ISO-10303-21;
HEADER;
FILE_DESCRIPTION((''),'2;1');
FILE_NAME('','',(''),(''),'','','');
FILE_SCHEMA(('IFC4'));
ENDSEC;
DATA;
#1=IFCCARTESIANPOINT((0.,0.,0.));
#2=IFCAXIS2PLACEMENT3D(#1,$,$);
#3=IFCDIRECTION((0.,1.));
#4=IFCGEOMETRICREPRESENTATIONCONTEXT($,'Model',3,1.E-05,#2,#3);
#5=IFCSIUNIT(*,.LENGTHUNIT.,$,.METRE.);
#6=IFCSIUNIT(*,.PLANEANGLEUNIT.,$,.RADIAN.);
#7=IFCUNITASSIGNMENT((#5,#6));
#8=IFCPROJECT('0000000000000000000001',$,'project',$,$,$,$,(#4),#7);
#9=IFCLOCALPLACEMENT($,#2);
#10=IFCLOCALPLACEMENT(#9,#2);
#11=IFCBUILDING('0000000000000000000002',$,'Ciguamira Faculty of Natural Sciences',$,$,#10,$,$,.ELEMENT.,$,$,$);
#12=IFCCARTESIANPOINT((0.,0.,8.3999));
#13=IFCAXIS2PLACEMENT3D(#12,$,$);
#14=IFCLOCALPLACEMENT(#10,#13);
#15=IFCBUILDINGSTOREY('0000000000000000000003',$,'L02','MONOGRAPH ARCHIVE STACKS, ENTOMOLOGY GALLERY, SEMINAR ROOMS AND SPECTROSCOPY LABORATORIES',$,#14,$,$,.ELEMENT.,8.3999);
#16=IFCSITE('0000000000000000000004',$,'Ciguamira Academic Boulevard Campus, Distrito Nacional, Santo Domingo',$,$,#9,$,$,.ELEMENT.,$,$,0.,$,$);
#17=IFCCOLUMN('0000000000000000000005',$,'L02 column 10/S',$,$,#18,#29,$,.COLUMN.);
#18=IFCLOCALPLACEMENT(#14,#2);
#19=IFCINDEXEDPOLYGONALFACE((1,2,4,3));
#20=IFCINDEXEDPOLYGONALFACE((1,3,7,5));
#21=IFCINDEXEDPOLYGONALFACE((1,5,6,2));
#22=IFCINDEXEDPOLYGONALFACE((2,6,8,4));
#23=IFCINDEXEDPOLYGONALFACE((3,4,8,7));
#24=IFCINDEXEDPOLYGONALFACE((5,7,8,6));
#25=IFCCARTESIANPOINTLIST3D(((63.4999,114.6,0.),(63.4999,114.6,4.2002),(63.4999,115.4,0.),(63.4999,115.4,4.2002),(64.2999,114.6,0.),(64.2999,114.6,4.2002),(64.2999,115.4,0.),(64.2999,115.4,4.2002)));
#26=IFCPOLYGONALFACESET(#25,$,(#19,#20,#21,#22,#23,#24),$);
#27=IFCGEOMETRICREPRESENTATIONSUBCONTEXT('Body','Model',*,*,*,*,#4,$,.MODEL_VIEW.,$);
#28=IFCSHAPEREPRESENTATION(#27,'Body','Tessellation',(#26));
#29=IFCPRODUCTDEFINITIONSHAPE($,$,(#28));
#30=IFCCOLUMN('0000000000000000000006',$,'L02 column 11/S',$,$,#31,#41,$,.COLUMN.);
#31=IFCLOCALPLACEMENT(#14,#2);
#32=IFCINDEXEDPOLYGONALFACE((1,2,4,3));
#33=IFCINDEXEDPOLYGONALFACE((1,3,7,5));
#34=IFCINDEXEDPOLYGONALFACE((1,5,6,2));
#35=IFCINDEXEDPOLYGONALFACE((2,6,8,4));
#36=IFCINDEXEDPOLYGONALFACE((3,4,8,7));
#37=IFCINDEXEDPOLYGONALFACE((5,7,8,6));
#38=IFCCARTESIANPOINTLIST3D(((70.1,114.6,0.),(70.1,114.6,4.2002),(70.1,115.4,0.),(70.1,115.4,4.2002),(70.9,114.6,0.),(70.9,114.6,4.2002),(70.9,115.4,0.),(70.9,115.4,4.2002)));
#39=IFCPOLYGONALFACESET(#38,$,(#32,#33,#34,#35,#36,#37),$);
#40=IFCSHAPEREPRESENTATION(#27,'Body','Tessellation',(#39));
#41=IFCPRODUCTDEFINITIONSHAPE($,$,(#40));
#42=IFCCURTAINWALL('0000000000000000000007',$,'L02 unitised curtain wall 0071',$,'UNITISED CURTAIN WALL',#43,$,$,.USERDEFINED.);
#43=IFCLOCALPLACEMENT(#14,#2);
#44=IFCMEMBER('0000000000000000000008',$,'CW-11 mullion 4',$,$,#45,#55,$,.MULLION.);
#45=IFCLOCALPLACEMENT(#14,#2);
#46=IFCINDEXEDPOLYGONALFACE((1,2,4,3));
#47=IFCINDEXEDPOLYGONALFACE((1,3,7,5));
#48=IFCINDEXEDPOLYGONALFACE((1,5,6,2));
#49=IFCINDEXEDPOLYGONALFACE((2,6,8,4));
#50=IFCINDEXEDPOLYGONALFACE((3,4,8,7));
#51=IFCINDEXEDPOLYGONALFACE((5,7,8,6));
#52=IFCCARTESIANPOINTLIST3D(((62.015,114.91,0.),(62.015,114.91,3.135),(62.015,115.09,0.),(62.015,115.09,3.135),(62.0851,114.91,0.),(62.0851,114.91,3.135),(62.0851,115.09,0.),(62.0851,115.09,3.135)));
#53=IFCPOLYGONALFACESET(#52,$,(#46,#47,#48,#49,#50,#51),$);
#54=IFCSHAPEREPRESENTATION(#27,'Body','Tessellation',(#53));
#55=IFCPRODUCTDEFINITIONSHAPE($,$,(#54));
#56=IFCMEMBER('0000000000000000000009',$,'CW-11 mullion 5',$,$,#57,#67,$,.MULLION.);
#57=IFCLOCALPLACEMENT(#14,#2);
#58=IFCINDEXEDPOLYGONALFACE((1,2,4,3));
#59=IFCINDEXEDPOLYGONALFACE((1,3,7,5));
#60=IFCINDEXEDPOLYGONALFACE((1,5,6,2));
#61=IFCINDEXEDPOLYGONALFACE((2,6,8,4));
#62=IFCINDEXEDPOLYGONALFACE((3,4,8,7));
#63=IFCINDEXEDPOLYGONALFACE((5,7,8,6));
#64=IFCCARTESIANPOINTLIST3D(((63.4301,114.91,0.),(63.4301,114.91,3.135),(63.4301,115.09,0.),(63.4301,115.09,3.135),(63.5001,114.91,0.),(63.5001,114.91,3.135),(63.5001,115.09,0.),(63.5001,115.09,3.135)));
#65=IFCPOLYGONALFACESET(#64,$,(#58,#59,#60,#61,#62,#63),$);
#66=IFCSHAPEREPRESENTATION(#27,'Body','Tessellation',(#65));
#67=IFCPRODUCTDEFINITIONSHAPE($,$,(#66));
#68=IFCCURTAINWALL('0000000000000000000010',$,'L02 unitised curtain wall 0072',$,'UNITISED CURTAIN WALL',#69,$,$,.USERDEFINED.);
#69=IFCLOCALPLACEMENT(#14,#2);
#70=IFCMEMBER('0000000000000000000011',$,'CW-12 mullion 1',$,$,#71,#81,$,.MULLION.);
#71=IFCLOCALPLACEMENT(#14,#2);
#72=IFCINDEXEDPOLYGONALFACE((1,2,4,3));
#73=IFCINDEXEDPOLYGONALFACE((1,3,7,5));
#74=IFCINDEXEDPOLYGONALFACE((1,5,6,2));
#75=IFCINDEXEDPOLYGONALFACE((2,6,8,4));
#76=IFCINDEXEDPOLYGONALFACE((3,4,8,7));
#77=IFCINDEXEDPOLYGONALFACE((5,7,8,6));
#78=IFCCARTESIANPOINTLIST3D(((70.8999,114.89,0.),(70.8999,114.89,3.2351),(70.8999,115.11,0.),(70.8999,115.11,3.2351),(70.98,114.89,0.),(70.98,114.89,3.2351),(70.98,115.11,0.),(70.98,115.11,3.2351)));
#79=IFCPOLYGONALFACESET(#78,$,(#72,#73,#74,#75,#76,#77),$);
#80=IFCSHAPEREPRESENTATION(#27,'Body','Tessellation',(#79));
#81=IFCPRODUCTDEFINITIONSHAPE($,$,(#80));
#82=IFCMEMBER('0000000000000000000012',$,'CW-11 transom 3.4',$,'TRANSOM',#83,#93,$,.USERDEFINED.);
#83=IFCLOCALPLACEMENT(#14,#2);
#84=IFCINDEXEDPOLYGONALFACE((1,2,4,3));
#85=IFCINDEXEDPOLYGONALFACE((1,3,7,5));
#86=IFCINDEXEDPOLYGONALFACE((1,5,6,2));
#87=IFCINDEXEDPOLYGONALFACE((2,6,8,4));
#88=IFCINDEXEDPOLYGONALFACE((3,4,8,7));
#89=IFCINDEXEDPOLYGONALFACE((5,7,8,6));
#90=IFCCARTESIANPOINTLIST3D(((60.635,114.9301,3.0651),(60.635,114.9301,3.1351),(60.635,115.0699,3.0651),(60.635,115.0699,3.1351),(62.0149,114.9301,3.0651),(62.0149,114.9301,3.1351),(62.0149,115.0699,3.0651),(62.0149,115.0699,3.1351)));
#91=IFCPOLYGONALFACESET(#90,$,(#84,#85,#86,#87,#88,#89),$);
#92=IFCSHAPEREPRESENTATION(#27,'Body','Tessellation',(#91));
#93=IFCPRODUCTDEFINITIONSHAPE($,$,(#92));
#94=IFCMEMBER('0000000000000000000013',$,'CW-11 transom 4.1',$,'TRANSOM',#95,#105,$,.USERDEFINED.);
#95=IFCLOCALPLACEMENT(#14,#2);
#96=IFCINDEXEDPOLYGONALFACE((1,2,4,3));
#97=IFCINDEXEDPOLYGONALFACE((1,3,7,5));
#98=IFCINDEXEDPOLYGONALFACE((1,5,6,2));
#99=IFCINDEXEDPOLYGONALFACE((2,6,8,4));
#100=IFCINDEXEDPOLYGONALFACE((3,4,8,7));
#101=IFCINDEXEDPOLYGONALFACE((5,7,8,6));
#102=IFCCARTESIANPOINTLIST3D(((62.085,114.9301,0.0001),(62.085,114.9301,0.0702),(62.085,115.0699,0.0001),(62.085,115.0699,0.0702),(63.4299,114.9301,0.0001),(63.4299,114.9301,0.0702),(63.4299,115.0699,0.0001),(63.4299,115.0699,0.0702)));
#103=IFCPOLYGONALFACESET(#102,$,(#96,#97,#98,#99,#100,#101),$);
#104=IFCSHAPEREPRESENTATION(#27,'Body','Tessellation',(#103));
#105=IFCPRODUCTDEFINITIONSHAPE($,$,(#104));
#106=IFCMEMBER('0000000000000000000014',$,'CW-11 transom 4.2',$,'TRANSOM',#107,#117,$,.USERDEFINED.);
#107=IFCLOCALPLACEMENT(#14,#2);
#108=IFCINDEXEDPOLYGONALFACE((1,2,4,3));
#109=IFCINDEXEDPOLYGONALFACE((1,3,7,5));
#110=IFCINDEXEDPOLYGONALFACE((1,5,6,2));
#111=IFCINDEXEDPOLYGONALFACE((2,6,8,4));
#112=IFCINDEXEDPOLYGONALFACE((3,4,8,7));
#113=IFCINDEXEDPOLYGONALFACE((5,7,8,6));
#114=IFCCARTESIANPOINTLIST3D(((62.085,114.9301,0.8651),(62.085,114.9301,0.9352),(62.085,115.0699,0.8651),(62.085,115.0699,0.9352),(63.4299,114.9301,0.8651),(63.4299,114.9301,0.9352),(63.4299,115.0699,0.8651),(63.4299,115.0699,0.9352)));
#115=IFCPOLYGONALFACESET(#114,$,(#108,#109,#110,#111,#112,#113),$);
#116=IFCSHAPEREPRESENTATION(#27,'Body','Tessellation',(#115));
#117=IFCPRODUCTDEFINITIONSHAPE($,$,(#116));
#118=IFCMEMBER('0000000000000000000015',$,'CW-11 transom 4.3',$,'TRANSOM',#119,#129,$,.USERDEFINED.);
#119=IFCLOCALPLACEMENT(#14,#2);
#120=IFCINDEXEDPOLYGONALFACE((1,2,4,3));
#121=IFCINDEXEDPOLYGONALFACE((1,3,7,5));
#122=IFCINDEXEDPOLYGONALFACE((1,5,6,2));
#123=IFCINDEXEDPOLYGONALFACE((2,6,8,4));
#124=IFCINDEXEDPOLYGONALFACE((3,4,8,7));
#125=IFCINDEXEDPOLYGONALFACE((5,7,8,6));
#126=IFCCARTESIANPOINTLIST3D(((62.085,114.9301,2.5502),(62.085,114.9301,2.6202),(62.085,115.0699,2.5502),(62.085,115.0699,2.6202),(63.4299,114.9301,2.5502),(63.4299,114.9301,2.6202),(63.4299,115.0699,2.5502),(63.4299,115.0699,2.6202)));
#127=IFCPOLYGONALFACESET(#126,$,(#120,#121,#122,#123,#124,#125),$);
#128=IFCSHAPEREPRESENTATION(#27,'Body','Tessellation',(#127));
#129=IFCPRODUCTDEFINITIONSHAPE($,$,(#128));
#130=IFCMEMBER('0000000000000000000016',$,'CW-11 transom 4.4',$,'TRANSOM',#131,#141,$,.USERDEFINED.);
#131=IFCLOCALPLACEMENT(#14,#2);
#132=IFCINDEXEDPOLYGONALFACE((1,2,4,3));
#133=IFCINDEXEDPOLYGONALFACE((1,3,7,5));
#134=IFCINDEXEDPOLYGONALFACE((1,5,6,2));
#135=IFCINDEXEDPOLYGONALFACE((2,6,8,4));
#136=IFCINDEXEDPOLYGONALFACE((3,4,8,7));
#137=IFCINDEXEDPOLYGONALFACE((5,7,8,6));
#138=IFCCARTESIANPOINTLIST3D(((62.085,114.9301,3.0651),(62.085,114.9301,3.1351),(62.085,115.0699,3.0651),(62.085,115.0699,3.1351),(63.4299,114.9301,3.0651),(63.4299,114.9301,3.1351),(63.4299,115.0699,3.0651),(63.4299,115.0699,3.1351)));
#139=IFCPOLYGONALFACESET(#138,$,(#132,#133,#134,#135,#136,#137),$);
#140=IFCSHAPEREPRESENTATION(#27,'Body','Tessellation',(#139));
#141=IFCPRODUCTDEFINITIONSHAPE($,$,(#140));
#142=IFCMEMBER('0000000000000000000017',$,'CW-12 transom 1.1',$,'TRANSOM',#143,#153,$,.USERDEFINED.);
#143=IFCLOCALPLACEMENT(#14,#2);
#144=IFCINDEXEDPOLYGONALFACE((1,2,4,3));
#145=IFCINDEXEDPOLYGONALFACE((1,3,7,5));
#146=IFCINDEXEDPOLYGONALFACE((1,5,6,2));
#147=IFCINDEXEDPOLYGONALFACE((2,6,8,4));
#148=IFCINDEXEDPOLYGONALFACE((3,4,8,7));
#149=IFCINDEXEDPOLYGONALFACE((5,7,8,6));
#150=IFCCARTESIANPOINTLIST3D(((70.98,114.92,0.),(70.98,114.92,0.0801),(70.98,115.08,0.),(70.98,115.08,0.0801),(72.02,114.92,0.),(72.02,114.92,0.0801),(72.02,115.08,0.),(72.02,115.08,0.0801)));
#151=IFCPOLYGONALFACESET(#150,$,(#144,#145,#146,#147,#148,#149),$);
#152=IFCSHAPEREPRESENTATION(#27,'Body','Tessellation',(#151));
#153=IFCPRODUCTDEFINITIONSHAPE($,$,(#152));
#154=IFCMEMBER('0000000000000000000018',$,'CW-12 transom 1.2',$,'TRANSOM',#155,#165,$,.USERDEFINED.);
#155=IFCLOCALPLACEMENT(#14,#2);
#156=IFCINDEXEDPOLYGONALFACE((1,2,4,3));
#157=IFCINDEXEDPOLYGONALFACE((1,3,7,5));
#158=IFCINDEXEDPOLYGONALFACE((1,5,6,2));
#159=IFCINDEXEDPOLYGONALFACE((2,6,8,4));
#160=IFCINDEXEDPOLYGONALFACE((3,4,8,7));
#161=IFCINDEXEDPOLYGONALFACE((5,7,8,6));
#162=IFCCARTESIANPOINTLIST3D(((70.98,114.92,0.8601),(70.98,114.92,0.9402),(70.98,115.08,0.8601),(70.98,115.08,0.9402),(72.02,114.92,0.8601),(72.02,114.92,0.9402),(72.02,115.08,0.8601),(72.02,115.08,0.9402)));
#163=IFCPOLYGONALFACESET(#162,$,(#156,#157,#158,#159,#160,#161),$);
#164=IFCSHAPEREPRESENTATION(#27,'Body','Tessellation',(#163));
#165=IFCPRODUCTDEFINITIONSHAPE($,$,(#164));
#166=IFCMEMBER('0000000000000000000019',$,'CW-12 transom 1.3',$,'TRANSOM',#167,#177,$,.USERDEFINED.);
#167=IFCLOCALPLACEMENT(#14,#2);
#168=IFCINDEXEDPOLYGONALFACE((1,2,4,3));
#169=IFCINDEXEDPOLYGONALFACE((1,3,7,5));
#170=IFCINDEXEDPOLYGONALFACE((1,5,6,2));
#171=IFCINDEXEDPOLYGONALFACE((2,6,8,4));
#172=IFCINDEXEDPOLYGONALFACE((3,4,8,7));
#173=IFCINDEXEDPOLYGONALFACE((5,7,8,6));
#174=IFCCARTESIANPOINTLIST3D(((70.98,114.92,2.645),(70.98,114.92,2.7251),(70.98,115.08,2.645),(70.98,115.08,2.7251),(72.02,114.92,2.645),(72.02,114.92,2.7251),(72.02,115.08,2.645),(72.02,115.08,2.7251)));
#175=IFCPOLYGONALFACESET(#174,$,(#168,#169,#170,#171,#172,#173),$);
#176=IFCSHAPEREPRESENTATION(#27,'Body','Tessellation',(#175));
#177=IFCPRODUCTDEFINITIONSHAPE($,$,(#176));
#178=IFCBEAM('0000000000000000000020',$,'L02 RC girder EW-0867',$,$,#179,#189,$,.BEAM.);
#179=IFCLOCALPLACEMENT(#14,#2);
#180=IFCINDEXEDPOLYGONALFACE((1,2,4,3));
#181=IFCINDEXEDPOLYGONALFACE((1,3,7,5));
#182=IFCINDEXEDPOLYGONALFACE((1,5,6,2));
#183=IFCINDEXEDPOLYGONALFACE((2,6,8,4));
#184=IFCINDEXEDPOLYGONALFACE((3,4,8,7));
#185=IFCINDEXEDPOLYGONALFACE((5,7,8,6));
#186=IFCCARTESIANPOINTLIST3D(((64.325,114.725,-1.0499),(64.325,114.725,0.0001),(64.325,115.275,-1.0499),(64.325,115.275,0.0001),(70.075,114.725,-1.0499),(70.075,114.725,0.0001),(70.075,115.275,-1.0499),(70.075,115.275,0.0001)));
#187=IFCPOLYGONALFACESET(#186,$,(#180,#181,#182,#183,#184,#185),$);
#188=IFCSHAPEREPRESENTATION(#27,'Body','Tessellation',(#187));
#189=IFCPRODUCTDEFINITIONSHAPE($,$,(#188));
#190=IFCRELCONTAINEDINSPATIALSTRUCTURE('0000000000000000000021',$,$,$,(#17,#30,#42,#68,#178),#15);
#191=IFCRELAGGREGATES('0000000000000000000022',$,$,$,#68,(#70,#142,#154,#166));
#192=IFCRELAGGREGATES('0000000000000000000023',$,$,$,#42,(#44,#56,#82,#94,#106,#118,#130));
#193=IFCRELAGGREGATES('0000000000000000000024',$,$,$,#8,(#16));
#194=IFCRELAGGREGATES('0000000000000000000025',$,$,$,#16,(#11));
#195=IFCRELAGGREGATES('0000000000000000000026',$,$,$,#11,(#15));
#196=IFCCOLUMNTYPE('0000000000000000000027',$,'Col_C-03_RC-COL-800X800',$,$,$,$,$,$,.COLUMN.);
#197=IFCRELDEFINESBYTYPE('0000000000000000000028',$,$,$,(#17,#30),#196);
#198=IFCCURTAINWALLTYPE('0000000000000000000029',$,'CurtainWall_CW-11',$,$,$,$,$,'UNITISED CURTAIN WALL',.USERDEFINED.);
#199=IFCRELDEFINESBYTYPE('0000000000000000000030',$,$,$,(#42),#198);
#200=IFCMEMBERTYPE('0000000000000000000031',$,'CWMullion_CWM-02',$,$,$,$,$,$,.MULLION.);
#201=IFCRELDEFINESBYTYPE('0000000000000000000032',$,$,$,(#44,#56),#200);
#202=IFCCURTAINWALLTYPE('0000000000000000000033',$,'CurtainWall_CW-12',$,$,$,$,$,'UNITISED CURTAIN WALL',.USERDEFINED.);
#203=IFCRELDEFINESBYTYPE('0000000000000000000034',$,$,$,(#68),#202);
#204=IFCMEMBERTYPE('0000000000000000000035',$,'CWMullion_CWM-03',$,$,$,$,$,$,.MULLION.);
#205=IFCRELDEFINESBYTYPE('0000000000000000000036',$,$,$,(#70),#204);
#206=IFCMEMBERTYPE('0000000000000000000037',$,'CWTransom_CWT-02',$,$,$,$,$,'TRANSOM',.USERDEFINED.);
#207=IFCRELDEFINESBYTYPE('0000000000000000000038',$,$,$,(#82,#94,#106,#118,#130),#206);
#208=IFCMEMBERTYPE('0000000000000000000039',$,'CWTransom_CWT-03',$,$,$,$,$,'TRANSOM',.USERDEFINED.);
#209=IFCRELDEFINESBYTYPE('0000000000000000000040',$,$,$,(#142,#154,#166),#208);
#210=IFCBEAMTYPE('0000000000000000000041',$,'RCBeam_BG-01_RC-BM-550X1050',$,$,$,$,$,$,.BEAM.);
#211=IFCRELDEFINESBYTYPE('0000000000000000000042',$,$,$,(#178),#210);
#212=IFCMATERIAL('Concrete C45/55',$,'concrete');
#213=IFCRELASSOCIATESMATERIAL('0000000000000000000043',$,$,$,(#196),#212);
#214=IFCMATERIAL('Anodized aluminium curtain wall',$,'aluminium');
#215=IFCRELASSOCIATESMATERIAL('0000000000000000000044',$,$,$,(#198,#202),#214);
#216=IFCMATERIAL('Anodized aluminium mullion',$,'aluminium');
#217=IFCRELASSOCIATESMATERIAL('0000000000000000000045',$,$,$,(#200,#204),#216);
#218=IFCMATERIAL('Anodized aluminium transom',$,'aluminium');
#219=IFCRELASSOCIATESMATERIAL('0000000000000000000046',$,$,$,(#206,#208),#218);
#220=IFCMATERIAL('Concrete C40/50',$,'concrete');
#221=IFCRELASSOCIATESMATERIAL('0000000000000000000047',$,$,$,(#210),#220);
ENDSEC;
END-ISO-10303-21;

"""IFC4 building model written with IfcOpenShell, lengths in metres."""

from ifc_helpers import new_model, si_unit, direction, frame, origin, origin_2d, place, context, subcontext, project, spatial, rectangle, extrude, material, material_profile, profile_set, type_object, element, aggregate, save


model = new_model("IFC4")

# Units and contexts
model_context = context("Model", 3, precision=1e-05, world=origin(), true_north=direction((0.0, 1.0)))
body_context = subcontext(model_context, "Body", "Model", "MODEL_VIEW")
ifc_project = project(units=[si_unit("LENGTHUNIT", "METRE"), si_unit("PLANEANGLEUNIT", "RADIAN")], contexts=[model_context])

# Site, building, storey
site_placement = place(None, origin())
site = spatial("IfcSite", under=ifc_project, at=site_placement, Name="Ciguamira Academic Boulevard Campus, Distrito Nacional, Santo Domingo", CompositionType="ELEMENT", RefElevation=0.0)
building_placement = place(site_placement, origin())
building = spatial("IfcBuilding", under=site, at=building_placement, Name="Ciguamira Faculty of Natural Sciences", CompositionType="ELEMENT")
storey_placement = place(building_placement, frame((0.0, 0.0, 8.3999)))
storey = spatial("IfcBuildingStorey", under=building, at=storey_placement, Name="L02", Description="MONOGRAPH ARCHIVE STACKS, ENTOMOLOGY GALLERY, SEMINAR ROOMS AND SPECTROSCOPY LABORATORIES", CompositionType="ELEMENT", Elevation=8.3999)

# Columns
ifc_material_1 = material(Name="Concrete C45/55", Category="concrete")
ifc_material_profile_1 = material_profile(ifc_material_1, rectangle(XDim=0.8, YDim=0.8, at=origin_2d()), Name="RC-COL-800X800")
ifc_profile_set_1 = profile_set([ifc_material_profile_1], Name="Concrete C45/55")
column_type = type_object("IfcColumnType", Name="Col_C-03_RC-COL-800X800", PredefinedType="COLUMN", material=ifc_profile_set_1)
for number, where, z_axis, x_axis, name in (
    (1, (63.8999, 115.0, 0.0), (0.0, 0.0, 1.0), (1.0, 0.0, 0.0), "L02 column 10/S"),
    (2, (70.5, 115.0, 0.0), (0.0, 0.0, 1.0), (1.0, 0.0, 0.0), "L02 column 11/S"),
):
    element("IfcColumn", number, at=place(storey_placement, frame(where, z_axis=z_axis, x_axis=x_axis)), inside=storey, type_object=column_type, Name=name, PredefinedType="COLUMN", context=body_context, shape_type="SweptSolid", body=[
        extrude(rectangle(XDim=0.8, YDim=0.8, at=origin_2d()), origin(), (0.0, 0.0, 1.0), 4.2002),
    ])

# Curtain wall, members
ifc_material_2 = material(Name="Anodized aluminium curtain wall", Category="aluminium")
curtain_wall_type_1 = type_object("IfcCurtainWallType", Name="CurtainWall_CW-11", ElementType="UNITISED CURTAIN WALL", PredefinedType="USERDEFINED", material=ifc_material_2)
curtain_wall_1_placement = place(storey_placement, origin())
curtain_wall_1 = element("IfcCurtainWall", 3, at=curtain_wall_1_placement, inside=storey, type_object=curtain_wall_type_1, Name="L02 unitised curtain wall 0071", ObjectType="UNITISED CURTAIN WALL", PredefinedType="USERDEFINED")
ifc_material_3 = material(Name="Anodized aluminium mullion", Category="aluminium")
ifc_material_profile_2 = material_profile(ifc_material_3, rectangle(XDim=0.0701, YDim=0.1799, at=origin_2d()), Name="ALU-MUL-70X180")
ifc_profile_set_2 = profile_set([ifc_material_profile_2], Name="Anodized aluminium mullion")
member_type_1 = type_object("IfcMemberType", Name="CWMullion_CWM-02", PredefinedType="MULLION", material=ifc_profile_set_2)
member_1_placement = place(storey_placement, frame((62.05, 115.0, 0.0), z_axis=(0.0, 0.0, 1.0), x_axis=(1.0, 0.0, 0.0)))
member_1 = element("IfcMember", 4, at=member_1_placement, type_object=member_type_1, Name="CW-11 mullion 4", PredefinedType="MULLION", context=body_context, shape_type="SweptSolid", body=[
    extrude(rectangle(XDim=0.0701, YDim=0.1799, at=origin_2d()), origin(), (0.0, 0.0, 1.0), 3.135),
])
member_2_placement = place(storey_placement, frame((63.4651, 115.0, 0.0), z_axis=(0.0, 0.0, 1.0), x_axis=(1.0, 0.0, 0.0)))
member_2 = element("IfcMember", 5, at=member_2_placement, type_object=member_type_1, Name="CW-11 mullion 5", PredefinedType="MULLION", context=body_context, shape_type="SweptSolid", body=[
    extrude(rectangle(XDim=0.0701, YDim=0.1799, at=origin_2d()), origin(), (0.0, 0.0, 1.0), 3.135),
])

# Curtain wall, member
curtain_wall_type_2 = type_object("IfcCurtainWallType", Name="CurtainWall_CW-12", ElementType="UNITISED CURTAIN WALL", PredefinedType="USERDEFINED", material=ifc_material_2)
curtain_wall_2_placement = place(storey_placement, origin())
curtain_wall_2 = element("IfcCurtainWall", 6, at=curtain_wall_2_placement, inside=storey, type_object=curtain_wall_type_2, Name="L02 unitised curtain wall 0072", ObjectType="UNITISED CURTAIN WALL", PredefinedType="USERDEFINED")
ifc_material_profile_3 = material_profile(ifc_material_3, rectangle(XDim=0.0801, YDim=0.22, at=origin_2d()), Name="ALU-MUL-80X220")
ifc_profile_set_3 = profile_set([ifc_material_profile_3], Name="Anodized aluminium mullion")
member_type_2 = type_object("IfcMemberType", Name="CWMullion_CWM-03", PredefinedType="MULLION", material=ifc_profile_set_3)
member_3_placement = place(storey_placement, frame((70.9399, 115.0, 0.0), z_axis=(0.0, 0.0, 1.0), x_axis=(1.0, 0.0, 0.0)))
member_3 = element("IfcMember", 7, at=member_3_placement, type_object=member_type_2, Name="CW-12 mullion 1", PredefinedType="MULLION", context=body_context, shape_type="SweptSolid", body=[
    extrude(rectangle(XDim=0.0801, YDim=0.22, at=origin_2d()), origin(), (0.0, 0.0, 1.0), 3.2351),
])

# Members
ifc_material_4 = material(Name="Anodized aluminium transom", Category="aluminium")
ifc_material_profile_4 = material_profile(ifc_material_4, rectangle(XDim=0.0701, YDim=0.1399, at=origin_2d()), Name="ALU-TRN-70X140")
ifc_profile_set_4 = profile_set([ifc_material_profile_4], Name="Anodized aluminium transom")
member_type_3 = type_object("IfcMemberType", Name="CWTransom_CWT-02", ElementType="TRANSOM", PredefinedType="USERDEFINED", material=ifc_profile_set_4)
member_4_placement = place(storey_placement, frame((60.635, 115.0, 3.1001), z_axis=(1.0, 0.0, 0.0), x_axis=(0.0, 0.0, 1.0)))
member_4 = element("IfcMember", 8, at=member_4_placement, type_object=member_type_3, Name="CW-11 transom 3.4", ObjectType="TRANSOM", PredefinedType="USERDEFINED", context=body_context, shape_type="SweptSolid", body=[
    extrude(rectangle(XDim=0.0701, YDim=0.1399, at=origin_2d()), origin(), (0.0, 0.0, 1.0), 1.3799),
])
member_5_placement = place(storey_placement, frame((62.085, 115.0, 0.0352), z_axis=(1.0, 0.0, 0.0), x_axis=(0.0, 0.0, 1.0)))
member_5 = element("IfcMember", 9, at=member_5_placement, type_object=member_type_3, Name="CW-11 transom 4.1", ObjectType="TRANSOM", PredefinedType="USERDEFINED", context=body_context, shape_type="SweptSolid", body=[
    extrude(rectangle(XDim=0.0701, YDim=0.1399, at=origin_2d()), origin(), (0.0, 0.0, 1.0), 1.345),
])
member_6_placement = place(storey_placement, frame((62.085, 115.0, 0.9001), z_axis=(1.0, 0.0, 0.0), x_axis=(0.0, 0.0, 1.0)))
member_6 = element("IfcMember", 10, at=member_6_placement, type_object=member_type_3, Name="CW-11 transom 4.2", ObjectType="TRANSOM", PredefinedType="USERDEFINED", context=body_context, shape_type="SweptSolid", body=[
    extrude(rectangle(XDim=0.0701, YDim=0.1399, at=origin_2d()), origin(), (0.0, 0.0, 1.0), 1.345),
])
member_7_placement = place(storey_placement, frame((62.085, 115.0, 2.5852), z_axis=(1.0, 0.0, 0.0), x_axis=(0.0, 0.0, 1.0)))
member_7 = element("IfcMember", 11, at=member_7_placement, type_object=member_type_3, Name="CW-11 transom 4.3", ObjectType="TRANSOM", PredefinedType="USERDEFINED", context=body_context, shape_type="SweptSolid", body=[
    extrude(rectangle(XDim=0.0701, YDim=0.1399, at=origin_2d()), origin(), (0.0, 0.0, 1.0), 1.345),
])
member_8_placement = place(storey_placement, frame((62.085, 115.0, 3.1001), z_axis=(1.0, 0.0, 0.0), x_axis=(0.0, 0.0, 1.0)))
member_8 = element("IfcMember", 12, at=member_8_placement, type_object=member_type_3, Name="CW-11 transom 4.4", ObjectType="TRANSOM", PredefinedType="USERDEFINED", context=body_context, shape_type="SweptSolid", body=[
    extrude(rectangle(XDim=0.0701, YDim=0.1399, at=origin_2d()), origin(), (0.0, 0.0, 1.0), 1.345),
])
ifc_material_profile_5 = material_profile(ifc_material_4, rectangle(XDim=0.0801, YDim=0.1599, at=origin_2d()), Name="ALU-TRN-80X160")
ifc_profile_set_5 = profile_set([ifc_material_profile_5], Name="Anodized aluminium transom")
member_type_4 = type_object("IfcMemberType", Name="CWTransom_CWT-03", ElementType="TRANSOM", PredefinedType="USERDEFINED", material=ifc_profile_set_5)
member_9_placement = place(storey_placement, frame((70.98, 115.0, 0.04), z_axis=(1.0, 0.0, 0.0), x_axis=(0.0, 0.0, 1.0)))
member_9 = element("IfcMember", 13, at=member_9_placement, type_object=member_type_4, Name="CW-12 transom 1.1", ObjectType="TRANSOM", PredefinedType="USERDEFINED", context=body_context, shape_type="SweptSolid", body=[
    extrude(rectangle(XDim=0.0801, YDim=0.1599, at=origin_2d()), origin(), (0.0, 0.0, 1.0), 1.04),
])
member_10_placement = place(storey_placement, frame((70.98, 115.0, 0.9001), z_axis=(1.0, 0.0, 0.0), x_axis=(0.0, 0.0, 1.0)))
member_10 = element("IfcMember", 14, at=member_10_placement, type_object=member_type_4, Name="CW-12 transom 1.2", ObjectType="TRANSOM", PredefinedType="USERDEFINED", context=body_context, shape_type="SweptSolid", body=[
    extrude(rectangle(XDim=0.0801, YDim=0.1599, at=origin_2d()), origin(), (0.0, 0.0, 1.0), 1.04),
])
member_11_placement = place(storey_placement, frame((70.98, 115.0, 2.6851), z_axis=(1.0, 0.0, 0.0), x_axis=(0.0, 0.0, 1.0)))
member_11 = element("IfcMember", 15, at=member_11_placement, type_object=member_type_4, Name="CW-12 transom 1.3", ObjectType="TRANSOM", PredefinedType="USERDEFINED", context=body_context, shape_type="SweptSolid", body=[
    extrude(rectangle(XDim=0.0801, YDim=0.1599, at=origin_2d()), origin(), (0.0, 0.0, 1.0), 1.04),
])
aggregate(curtain_wall_2, [member_3, member_9, member_10, member_11])

# Beam
ifc_material_5 = material(Name="Concrete C40/50", Category="concrete")
ifc_material_profile_6 = material_profile(ifc_material_5, rectangle(XDim=0.55, YDim=1.05, at=origin_2d()), Name="RC-BM-550X1050")
ifc_profile_set_6 = profile_set([ifc_material_profile_6], Name="Concrete C40/50")
beam_type = type_object("IfcBeamType", Name="RCBeam_BG-01_RC-BM-550X1050", PredefinedType="BEAM", material=ifc_profile_set_6)
for number, where, z_axis, x_axis, name in (
    (16, (64.325, 115.0, -0.5249), (1.0, 0.0, 0.0), (0.0, 1.0, 0.0), "L02 RC girder EW-0867"),
):
    element("IfcBeam", number, at=place(storey_placement, frame(where, z_axis=z_axis, x_axis=x_axis)), inside=storey, type_object=beam_type, Name=name, PredefinedType="BEAM", context=body_context, shape_type="SweptSolid", body=[
        extrude(rectangle(XDim=0.55, YDim=1.05, at=origin_2d()), origin(), (0.0, 0.0, 1.0), 5.75),
    ])

aggregate(curtain_wall_1, [member_1, member_2, member_4, member_5, member_6, member_7, member_8])

save(model, "model.ifc")
